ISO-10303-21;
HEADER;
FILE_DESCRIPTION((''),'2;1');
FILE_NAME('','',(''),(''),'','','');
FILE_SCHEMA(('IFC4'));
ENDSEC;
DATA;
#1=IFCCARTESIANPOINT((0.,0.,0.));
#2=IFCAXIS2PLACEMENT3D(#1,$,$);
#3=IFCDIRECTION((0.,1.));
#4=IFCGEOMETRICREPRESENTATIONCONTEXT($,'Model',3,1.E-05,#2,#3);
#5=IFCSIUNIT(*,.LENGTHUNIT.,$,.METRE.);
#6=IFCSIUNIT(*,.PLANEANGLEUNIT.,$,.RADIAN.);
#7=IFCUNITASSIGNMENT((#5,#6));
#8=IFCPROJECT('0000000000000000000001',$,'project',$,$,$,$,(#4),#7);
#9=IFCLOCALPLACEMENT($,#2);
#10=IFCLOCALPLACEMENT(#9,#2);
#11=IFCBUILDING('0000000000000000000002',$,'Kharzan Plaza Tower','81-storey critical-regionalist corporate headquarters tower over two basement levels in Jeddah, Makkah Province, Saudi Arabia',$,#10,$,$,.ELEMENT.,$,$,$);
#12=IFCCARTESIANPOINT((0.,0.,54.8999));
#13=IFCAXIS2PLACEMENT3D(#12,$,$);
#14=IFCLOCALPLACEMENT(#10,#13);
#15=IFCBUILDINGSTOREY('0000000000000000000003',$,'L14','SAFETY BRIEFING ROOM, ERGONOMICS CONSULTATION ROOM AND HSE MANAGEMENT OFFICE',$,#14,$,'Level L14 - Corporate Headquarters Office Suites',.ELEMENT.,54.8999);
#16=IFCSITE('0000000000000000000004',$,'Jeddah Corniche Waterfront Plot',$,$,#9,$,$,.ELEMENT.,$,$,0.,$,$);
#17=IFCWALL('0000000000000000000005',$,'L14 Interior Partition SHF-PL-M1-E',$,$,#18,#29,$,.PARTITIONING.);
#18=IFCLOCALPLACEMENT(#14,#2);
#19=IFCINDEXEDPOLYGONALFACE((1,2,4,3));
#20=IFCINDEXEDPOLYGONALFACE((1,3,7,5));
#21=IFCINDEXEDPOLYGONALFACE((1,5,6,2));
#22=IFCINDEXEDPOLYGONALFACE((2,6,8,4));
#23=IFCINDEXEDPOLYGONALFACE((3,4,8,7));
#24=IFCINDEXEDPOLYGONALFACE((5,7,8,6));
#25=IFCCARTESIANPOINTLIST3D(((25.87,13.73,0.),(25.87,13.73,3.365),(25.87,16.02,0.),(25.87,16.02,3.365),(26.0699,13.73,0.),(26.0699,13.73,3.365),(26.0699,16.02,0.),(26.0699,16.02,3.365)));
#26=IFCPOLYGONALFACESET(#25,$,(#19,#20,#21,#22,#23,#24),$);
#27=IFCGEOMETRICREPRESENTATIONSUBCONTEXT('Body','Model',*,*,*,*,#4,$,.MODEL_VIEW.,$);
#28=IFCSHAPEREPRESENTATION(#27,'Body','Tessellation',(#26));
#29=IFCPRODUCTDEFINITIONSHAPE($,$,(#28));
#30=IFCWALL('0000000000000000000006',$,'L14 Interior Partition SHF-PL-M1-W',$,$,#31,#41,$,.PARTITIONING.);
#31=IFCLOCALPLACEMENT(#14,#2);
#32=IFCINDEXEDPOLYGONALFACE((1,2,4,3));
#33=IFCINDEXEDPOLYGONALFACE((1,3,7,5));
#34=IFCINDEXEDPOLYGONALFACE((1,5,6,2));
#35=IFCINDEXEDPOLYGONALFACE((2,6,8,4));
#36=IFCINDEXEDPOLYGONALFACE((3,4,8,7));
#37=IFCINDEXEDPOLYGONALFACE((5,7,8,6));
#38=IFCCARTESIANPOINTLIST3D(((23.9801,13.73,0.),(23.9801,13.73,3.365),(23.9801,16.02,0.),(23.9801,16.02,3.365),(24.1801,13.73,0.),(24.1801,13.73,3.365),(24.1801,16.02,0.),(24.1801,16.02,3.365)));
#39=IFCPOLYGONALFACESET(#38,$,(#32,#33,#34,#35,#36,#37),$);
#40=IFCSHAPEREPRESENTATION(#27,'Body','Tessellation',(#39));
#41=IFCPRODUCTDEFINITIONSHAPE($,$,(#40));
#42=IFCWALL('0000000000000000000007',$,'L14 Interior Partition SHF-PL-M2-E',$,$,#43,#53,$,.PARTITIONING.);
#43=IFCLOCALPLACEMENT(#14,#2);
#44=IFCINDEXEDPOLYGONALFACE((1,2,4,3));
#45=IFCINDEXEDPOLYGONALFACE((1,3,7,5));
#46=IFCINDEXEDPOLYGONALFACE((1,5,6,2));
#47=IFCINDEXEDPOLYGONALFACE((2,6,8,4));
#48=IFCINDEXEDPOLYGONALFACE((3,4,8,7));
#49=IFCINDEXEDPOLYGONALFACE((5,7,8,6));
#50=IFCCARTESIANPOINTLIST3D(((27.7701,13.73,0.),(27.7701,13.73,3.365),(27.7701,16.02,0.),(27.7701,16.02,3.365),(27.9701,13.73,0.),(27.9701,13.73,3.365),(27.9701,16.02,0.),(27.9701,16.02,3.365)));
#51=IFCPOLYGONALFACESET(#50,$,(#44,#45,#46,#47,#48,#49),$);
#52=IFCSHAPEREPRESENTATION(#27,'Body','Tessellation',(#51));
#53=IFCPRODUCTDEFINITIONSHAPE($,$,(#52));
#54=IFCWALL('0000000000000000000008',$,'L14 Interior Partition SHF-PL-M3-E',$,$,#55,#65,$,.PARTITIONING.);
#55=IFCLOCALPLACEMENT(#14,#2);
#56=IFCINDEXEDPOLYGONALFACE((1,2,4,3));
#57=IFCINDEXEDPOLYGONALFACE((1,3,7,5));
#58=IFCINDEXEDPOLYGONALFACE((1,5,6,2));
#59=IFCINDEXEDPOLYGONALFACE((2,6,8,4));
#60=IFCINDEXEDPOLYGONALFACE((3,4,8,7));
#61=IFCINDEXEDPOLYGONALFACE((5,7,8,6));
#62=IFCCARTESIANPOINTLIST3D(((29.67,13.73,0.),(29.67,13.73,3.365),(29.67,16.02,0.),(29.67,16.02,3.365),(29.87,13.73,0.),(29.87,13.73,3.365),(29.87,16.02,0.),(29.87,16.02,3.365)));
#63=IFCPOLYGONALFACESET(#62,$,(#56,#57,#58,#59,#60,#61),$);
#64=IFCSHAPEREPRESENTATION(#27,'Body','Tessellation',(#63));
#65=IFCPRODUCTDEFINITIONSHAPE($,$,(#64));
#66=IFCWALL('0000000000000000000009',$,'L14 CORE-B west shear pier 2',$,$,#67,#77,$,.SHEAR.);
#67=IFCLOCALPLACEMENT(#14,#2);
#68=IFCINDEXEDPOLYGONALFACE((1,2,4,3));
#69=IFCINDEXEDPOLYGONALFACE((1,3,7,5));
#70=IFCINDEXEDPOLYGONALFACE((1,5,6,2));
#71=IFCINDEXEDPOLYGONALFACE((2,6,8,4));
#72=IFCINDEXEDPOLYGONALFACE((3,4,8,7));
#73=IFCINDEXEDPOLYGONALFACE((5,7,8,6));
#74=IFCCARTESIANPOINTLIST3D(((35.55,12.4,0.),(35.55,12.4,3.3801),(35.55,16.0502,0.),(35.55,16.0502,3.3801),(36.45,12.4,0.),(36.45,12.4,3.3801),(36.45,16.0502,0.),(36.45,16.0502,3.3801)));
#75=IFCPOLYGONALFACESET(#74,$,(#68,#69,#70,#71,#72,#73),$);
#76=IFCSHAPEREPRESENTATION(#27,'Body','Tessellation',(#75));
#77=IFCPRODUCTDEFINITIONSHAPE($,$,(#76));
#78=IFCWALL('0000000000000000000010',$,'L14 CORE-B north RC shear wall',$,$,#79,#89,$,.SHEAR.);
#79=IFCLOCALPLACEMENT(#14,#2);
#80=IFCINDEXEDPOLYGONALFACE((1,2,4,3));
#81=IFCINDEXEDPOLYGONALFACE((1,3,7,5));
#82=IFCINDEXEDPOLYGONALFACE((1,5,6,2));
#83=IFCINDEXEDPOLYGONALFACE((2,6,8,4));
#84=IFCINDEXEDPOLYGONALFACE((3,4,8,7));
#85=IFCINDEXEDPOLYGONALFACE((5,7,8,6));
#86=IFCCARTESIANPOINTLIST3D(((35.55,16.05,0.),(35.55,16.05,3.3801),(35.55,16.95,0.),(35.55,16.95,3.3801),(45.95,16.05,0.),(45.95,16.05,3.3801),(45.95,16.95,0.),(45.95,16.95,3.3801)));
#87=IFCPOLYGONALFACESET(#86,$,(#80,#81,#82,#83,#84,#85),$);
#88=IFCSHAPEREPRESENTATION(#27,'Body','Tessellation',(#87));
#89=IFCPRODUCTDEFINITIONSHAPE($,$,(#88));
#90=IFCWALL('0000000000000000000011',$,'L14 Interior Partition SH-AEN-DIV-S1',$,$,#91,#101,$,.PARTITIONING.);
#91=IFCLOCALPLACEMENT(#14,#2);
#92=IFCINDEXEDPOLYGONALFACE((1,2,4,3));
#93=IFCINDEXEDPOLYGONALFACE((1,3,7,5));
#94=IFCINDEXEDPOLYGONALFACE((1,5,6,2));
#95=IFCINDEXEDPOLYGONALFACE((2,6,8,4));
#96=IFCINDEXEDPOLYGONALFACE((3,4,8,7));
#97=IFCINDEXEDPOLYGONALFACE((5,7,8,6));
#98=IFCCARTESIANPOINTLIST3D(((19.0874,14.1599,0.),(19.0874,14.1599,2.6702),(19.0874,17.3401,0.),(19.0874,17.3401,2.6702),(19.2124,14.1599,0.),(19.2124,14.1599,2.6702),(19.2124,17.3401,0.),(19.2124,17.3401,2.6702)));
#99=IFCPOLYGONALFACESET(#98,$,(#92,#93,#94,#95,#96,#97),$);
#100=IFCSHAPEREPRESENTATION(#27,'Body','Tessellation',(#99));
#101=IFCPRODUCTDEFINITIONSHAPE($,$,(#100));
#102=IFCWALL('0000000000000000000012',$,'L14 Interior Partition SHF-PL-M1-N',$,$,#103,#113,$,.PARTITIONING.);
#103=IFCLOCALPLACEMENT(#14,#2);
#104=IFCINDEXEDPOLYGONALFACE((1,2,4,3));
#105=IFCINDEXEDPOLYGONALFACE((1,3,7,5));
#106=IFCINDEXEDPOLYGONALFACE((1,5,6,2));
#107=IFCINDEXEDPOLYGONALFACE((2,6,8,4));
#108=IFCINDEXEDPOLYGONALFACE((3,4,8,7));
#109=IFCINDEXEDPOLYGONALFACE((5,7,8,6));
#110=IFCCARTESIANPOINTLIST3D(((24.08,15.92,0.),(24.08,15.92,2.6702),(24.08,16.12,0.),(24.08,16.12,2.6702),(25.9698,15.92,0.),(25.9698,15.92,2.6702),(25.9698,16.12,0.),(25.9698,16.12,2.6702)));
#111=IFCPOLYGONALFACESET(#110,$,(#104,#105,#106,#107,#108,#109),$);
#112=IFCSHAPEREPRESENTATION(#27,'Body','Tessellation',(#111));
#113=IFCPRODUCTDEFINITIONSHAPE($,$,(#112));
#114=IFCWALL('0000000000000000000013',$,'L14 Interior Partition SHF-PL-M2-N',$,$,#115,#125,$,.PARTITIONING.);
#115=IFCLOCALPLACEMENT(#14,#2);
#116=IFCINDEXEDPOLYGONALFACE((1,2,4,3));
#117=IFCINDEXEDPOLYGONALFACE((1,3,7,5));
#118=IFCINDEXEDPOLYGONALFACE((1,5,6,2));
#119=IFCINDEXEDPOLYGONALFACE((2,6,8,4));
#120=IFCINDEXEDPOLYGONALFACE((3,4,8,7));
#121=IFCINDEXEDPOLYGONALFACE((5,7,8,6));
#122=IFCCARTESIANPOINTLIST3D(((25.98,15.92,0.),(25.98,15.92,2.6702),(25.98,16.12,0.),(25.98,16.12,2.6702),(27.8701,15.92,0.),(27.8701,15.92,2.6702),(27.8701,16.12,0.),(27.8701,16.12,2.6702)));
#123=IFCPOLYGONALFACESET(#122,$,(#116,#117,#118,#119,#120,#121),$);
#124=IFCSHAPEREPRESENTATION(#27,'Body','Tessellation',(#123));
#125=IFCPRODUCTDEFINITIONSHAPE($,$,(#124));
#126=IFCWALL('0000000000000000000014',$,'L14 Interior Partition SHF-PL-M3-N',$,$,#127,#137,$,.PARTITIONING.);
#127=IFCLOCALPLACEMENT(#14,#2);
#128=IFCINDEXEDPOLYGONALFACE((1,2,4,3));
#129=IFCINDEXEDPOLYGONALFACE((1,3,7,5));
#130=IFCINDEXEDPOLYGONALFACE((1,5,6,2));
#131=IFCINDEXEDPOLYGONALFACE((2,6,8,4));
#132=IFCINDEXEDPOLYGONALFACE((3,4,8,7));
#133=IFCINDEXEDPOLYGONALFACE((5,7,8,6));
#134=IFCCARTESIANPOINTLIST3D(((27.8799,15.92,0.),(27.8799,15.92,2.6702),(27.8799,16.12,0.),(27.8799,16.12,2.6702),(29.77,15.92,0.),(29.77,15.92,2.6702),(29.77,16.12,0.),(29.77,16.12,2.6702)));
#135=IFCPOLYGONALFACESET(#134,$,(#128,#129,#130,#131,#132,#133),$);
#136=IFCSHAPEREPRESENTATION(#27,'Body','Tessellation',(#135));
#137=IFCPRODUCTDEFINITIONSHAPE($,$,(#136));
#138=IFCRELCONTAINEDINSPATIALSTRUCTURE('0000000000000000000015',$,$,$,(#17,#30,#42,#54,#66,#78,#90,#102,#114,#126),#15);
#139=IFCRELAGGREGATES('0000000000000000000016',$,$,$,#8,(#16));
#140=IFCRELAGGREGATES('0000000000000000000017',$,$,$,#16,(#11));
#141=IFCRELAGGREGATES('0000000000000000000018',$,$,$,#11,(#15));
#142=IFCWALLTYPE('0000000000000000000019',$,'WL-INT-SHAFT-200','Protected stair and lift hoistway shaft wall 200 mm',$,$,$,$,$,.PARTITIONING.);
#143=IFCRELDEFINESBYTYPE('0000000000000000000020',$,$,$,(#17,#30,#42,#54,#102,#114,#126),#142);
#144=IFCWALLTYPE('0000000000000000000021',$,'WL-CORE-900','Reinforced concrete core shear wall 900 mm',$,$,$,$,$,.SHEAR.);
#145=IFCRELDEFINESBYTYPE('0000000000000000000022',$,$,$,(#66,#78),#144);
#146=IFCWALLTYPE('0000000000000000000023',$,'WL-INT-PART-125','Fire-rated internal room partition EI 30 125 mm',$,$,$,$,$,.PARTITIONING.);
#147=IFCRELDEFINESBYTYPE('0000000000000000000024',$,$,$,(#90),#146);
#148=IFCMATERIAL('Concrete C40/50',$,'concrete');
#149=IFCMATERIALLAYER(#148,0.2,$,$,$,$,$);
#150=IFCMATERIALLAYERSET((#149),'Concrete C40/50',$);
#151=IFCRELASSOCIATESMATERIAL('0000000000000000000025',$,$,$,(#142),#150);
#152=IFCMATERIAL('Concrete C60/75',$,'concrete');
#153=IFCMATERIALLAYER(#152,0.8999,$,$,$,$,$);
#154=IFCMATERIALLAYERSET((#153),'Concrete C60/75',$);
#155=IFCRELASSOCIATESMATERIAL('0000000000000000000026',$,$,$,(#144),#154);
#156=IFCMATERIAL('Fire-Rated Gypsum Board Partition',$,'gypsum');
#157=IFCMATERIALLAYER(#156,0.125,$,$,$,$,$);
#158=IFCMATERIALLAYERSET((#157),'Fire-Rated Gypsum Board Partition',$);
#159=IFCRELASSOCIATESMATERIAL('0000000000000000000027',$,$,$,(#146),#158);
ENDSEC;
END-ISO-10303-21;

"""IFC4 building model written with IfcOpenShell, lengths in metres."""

from ifc_helpers import new_model, si_unit, direction, frame, frame_2d, origin, place, context, subcontext, project, spatial, rectangle, extrude, source, transform, mapped, material, layer, layer_set, type_object, element, save


model = new_model("IFC4")

# Units and contexts
model_context = context("Model", 3, precision=1e-05, world=origin(), true_north=direction((0.0, 1.0)))
body_context = subcontext(model_context, "Body", "Model", "MODEL_VIEW")
ifc_project = project(units=[si_unit("LENGTHUNIT", "METRE"), si_unit("PLANEANGLEUNIT", "RADIAN")], contexts=[model_context])

# Site, building, storey
site_placement = place(None, origin())
site = spatial("IfcSite", under=ifc_project, at=site_placement, Name="Jeddah Corniche Waterfront Plot", CompositionType="ELEMENT", RefElevation=0.0)
building_placement = place(site_placement, origin())
building = spatial("IfcBuilding", under=site, at=building_placement, Name="Kharzan Plaza Tower", Description="81-storey critical-regionalist corporate headquarters tower over two basement levels in Jeddah, Makkah Province, Saudi Arabia", CompositionType="ELEMENT")
storey_placement = place(building_placement, frame((0.0, 0.0, 54.8999)))
storey = spatial("IfcBuildingStorey", under=building, at=storey_placement, Name="L14", Description="SAFETY BRIEFING ROOM, ERGONOMICS CONSULTATION ROOM AND HSE MANAGEMENT OFFICE", LongName="Level L14 - Corporate Headquarters Office Suites", CompositionType="ELEMENT", Elevation=54.8999)

# Shared definitions
ifc_material_1 = material(Name="Concrete C60/75", Category="concrete")

# Shared definitions
ifc_material_2 = material(Name="Concrete C40/50", Category="concrete")
ifc_layer_1 = layer(ifc_material_2, 0.2)
ifc_layer_set_1 = layer_set([ifc_layer_1], Name="Concrete C40/50")
wall_type_1 = type_object("IfcWallType", Name="WL-INT-SHAFT-200", Description="Protected stair and lift hoistway shaft wall 200 mm", PredefinedType="PARTITIONING", material=ifc_layer_set_1)

# Walls
shared_shape_1 = source(origin(), body_context, "Body", "SweptSolid", [
    extrude(rectangle(XDim=2.29, YDim=0.2, at=frame_2d((1.145, 0.0))), origin(), (0.0, 0.0, 1.0), 3.365),
])
for number, where, z_axis, x_axis, name in (
    (1, (25.97, 13.73, 0.0), (0.0, 0.0, 1.0), (0.0, 1.0, 0.0), "L14 Interior Partition SHF-PL-M1-E"),
    (2, (24.0801, 13.73, 0.0), (0.0, 0.0, 1.0), (0.0, 1.0, 0.0), "L14 Interior Partition SHF-PL-M1-W"),
    (3, (27.8701, 13.73, 0.0), (0.0, 0.0, 1.0), (0.0, 1.0, 0.0), "L14 Interior Partition SHF-PL-M2-E"),
    (4, (29.77, 13.73, 0.0), (0.0, 0.0, 1.0), (0.0, 1.0, 0.0), "L14 Interior Partition SHF-PL-M3-E"),
):
    element("IfcWall", number, at=place(storey_placement, frame(where, z_axis=z_axis, x_axis=x_axis)), inside=storey, type_object=wall_type_1, Name=name, PredefinedType="PARTITIONING", context=body_context, shape_type="MappedRepresentation", body=[
        mapped(shared_shape_1, transform((0.0, 0.0, 0.0), x_axis=(1.0, 0.0, 0.0), y_axis=(0.0, 1.0, 0.0), z_axis=(0.0, 0.0, 1.0))),
    ])
ifc_layer_2 = layer(ifc_material_1, 0.8999)
ifc_layer_set_2 = layer_set([ifc_layer_2], Name="Concrete C60/75")
wall_type_2 = type_object("IfcWallType", Name="WL-CORE-900", Description="Reinforced concrete core shear wall 900 mm", PredefinedType="SHEAR", material=ifc_layer_set_2)
shared_shape_2 = source(origin(), body_context, "Body", "SweptSolid", [
    extrude(rectangle(XDim=3.6501, YDim=0.8999, at=frame_2d((1.8252, 0.0))), origin(), (0.0, 0.0, 1.0), 3.3801),
])
wall_1_placement = place(storey_placement, frame((36.0, 12.3999, 0.0), z_axis=(0.0, 0.0, 1.0), x_axis=(0.0, 1.0, 0.0)))
element("IfcWall", 5, at=wall_1_placement, inside=storey, type_object=wall_type_2, Name="L14 CORE-B west shear pier 2", PredefinedType="SHEAR", context=body_context, shape_type="MappedRepresentation", body=[
    mapped(shared_shape_2, transform((0.0, 0.0, 0.0), x_axis=(1.0, 0.0, 0.0), y_axis=(0.0, 1.0, 0.0), z_axis=(0.0, 0.0, 1.0))),
])
shared_shape_3 = source(origin(), body_context, "Body", "SweptSolid", [
    extrude(rectangle(XDim=10.3999, YDim=0.8999, at=frame_2d((5.2, 0.0))), origin(), (0.0, 0.0, 1.0), 3.3801),
])
wall_2_placement = place(storey_placement, frame((35.55, 16.5, 0.0), z_axis=(0.0, 0.0, 1.0), x_axis=(1.0, 0.0, 0.0)))
element("IfcWall", 6, at=wall_2_placement, inside=storey, type_object=wall_type_2, Name="L14 CORE-B north RC shear wall", PredefinedType="SHEAR", context=body_context, shape_type="MappedRepresentation", body=[
    mapped(shared_shape_3, transform((0.0, 0.0, 0.0), x_axis=(1.0, 0.0, 0.0), y_axis=(0.0, 1.0, 0.0), z_axis=(0.0, 0.0, 1.0))),
])
ifc_material_3 = material(Name="Fire-Rated Gypsum Board Partition", Category="gypsum")
ifc_layer_3 = layer(ifc_material_3, 0.125)
ifc_layer_set_3 = layer_set([ifc_layer_3], Name="Fire-Rated Gypsum Board Partition")
wall_type_3 = type_object("IfcWallType", Name="WL-INT-PART-125", Description="Fire-rated internal room partition EI 30 125 mm", PredefinedType="PARTITIONING", material=ifc_layer_set_3)
shared_shape_4 = source(origin(), body_context, "Body", "SweptSolid", [
    extrude(rectangle(XDim=3.1802, YDim=0.125, at=frame_2d((1.5901, 0.0))), origin(), (0.0, 0.0, 1.0), 2.6702),
])
wall_3_placement = place(storey_placement, frame((19.1499, 14.1599, 0.0), z_axis=(0.0, 0.0, 1.0), x_axis=(0.0, 1.0, 0.0)))
element("IfcWall", 7, at=wall_3_placement, inside=storey, type_object=wall_type_3, Name="L14 Interior Partition SH-AEN-DIV-S1", PredefinedType="PARTITIONING", context=body_context, shape_type="MappedRepresentation", body=[
    mapped(shared_shape_4, transform((0.0, 0.0, 0.0), x_axis=(1.0, 0.0, 0.0), y_axis=(0.0, 1.0, 0.0), z_axis=(0.0, 0.0, 1.0))),
])
shared_shape_5 = source(origin(), body_context, "Body", "SweptSolid", [
    extrude(rectangle(XDim=1.8899, YDim=0.2, at=frame_2d((0.9448, 0.0))), origin(), (0.0, 0.0, 1.0), 2.6702),
])
wall_4_placement = place(storey_placement, frame((24.0801, 16.02, 0.0), z_axis=(0.0, 0.0, 1.0), x_axis=(1.0, 0.0, 0.0)))
element("IfcWall", 8, at=wall_4_placement, inside=storey, type_object=wall_type_1, Name="L14 Interior Partition SHF-PL-M1-N", PredefinedType="PARTITIONING", context=body_context, shape_type="MappedRepresentation", body=[
    mapped(shared_shape_5, transform((0.0, 0.0, 0.0), x_axis=(1.0, 0.0, 0.0), y_axis=(0.0, 1.0, 0.0), z_axis=(0.0, 0.0, 1.0))),
])
shared_shape_6 = source(origin(), body_context, "Body", "SweptSolid", [
    extrude(rectangle(XDim=1.8901, YDim=0.2, at=frame_2d((0.9451, 0.0))), origin(), (0.0, 0.0, 1.0), 2.6702),
])
for number, where, z_axis, x_axis, name in (
    (9, (25.98, 16.02, 0.0), (0.0, 0.0, 1.0), (1.0, 0.0, 0.0), "L14 Interior Partition SHF-PL-M2-N"),
    (10, (27.8799, 16.02, 0.0), (0.0, 0.0, 1.0), (1.0, 0.0, 0.0), "L14 Interior Partition SHF-PL-M3-N"),
):
    element("IfcWall", number, at=place(storey_placement, frame(where, z_axis=z_axis, x_axis=x_axis)), inside=storey, type_object=wall_type_1, Name=name, PredefinedType="PARTITIONING", context=body_context, shape_type="MappedRepresentation", body=[
        mapped(shared_shape_6, transform((0.0, 0.0, 0.0), x_axis=(1.0, 0.0, 0.0), y_axis=(0.0, 1.0, 0.0), z_axis=(0.0, 0.0, 1.0))),
    ])

save(model, "model.ifc")
